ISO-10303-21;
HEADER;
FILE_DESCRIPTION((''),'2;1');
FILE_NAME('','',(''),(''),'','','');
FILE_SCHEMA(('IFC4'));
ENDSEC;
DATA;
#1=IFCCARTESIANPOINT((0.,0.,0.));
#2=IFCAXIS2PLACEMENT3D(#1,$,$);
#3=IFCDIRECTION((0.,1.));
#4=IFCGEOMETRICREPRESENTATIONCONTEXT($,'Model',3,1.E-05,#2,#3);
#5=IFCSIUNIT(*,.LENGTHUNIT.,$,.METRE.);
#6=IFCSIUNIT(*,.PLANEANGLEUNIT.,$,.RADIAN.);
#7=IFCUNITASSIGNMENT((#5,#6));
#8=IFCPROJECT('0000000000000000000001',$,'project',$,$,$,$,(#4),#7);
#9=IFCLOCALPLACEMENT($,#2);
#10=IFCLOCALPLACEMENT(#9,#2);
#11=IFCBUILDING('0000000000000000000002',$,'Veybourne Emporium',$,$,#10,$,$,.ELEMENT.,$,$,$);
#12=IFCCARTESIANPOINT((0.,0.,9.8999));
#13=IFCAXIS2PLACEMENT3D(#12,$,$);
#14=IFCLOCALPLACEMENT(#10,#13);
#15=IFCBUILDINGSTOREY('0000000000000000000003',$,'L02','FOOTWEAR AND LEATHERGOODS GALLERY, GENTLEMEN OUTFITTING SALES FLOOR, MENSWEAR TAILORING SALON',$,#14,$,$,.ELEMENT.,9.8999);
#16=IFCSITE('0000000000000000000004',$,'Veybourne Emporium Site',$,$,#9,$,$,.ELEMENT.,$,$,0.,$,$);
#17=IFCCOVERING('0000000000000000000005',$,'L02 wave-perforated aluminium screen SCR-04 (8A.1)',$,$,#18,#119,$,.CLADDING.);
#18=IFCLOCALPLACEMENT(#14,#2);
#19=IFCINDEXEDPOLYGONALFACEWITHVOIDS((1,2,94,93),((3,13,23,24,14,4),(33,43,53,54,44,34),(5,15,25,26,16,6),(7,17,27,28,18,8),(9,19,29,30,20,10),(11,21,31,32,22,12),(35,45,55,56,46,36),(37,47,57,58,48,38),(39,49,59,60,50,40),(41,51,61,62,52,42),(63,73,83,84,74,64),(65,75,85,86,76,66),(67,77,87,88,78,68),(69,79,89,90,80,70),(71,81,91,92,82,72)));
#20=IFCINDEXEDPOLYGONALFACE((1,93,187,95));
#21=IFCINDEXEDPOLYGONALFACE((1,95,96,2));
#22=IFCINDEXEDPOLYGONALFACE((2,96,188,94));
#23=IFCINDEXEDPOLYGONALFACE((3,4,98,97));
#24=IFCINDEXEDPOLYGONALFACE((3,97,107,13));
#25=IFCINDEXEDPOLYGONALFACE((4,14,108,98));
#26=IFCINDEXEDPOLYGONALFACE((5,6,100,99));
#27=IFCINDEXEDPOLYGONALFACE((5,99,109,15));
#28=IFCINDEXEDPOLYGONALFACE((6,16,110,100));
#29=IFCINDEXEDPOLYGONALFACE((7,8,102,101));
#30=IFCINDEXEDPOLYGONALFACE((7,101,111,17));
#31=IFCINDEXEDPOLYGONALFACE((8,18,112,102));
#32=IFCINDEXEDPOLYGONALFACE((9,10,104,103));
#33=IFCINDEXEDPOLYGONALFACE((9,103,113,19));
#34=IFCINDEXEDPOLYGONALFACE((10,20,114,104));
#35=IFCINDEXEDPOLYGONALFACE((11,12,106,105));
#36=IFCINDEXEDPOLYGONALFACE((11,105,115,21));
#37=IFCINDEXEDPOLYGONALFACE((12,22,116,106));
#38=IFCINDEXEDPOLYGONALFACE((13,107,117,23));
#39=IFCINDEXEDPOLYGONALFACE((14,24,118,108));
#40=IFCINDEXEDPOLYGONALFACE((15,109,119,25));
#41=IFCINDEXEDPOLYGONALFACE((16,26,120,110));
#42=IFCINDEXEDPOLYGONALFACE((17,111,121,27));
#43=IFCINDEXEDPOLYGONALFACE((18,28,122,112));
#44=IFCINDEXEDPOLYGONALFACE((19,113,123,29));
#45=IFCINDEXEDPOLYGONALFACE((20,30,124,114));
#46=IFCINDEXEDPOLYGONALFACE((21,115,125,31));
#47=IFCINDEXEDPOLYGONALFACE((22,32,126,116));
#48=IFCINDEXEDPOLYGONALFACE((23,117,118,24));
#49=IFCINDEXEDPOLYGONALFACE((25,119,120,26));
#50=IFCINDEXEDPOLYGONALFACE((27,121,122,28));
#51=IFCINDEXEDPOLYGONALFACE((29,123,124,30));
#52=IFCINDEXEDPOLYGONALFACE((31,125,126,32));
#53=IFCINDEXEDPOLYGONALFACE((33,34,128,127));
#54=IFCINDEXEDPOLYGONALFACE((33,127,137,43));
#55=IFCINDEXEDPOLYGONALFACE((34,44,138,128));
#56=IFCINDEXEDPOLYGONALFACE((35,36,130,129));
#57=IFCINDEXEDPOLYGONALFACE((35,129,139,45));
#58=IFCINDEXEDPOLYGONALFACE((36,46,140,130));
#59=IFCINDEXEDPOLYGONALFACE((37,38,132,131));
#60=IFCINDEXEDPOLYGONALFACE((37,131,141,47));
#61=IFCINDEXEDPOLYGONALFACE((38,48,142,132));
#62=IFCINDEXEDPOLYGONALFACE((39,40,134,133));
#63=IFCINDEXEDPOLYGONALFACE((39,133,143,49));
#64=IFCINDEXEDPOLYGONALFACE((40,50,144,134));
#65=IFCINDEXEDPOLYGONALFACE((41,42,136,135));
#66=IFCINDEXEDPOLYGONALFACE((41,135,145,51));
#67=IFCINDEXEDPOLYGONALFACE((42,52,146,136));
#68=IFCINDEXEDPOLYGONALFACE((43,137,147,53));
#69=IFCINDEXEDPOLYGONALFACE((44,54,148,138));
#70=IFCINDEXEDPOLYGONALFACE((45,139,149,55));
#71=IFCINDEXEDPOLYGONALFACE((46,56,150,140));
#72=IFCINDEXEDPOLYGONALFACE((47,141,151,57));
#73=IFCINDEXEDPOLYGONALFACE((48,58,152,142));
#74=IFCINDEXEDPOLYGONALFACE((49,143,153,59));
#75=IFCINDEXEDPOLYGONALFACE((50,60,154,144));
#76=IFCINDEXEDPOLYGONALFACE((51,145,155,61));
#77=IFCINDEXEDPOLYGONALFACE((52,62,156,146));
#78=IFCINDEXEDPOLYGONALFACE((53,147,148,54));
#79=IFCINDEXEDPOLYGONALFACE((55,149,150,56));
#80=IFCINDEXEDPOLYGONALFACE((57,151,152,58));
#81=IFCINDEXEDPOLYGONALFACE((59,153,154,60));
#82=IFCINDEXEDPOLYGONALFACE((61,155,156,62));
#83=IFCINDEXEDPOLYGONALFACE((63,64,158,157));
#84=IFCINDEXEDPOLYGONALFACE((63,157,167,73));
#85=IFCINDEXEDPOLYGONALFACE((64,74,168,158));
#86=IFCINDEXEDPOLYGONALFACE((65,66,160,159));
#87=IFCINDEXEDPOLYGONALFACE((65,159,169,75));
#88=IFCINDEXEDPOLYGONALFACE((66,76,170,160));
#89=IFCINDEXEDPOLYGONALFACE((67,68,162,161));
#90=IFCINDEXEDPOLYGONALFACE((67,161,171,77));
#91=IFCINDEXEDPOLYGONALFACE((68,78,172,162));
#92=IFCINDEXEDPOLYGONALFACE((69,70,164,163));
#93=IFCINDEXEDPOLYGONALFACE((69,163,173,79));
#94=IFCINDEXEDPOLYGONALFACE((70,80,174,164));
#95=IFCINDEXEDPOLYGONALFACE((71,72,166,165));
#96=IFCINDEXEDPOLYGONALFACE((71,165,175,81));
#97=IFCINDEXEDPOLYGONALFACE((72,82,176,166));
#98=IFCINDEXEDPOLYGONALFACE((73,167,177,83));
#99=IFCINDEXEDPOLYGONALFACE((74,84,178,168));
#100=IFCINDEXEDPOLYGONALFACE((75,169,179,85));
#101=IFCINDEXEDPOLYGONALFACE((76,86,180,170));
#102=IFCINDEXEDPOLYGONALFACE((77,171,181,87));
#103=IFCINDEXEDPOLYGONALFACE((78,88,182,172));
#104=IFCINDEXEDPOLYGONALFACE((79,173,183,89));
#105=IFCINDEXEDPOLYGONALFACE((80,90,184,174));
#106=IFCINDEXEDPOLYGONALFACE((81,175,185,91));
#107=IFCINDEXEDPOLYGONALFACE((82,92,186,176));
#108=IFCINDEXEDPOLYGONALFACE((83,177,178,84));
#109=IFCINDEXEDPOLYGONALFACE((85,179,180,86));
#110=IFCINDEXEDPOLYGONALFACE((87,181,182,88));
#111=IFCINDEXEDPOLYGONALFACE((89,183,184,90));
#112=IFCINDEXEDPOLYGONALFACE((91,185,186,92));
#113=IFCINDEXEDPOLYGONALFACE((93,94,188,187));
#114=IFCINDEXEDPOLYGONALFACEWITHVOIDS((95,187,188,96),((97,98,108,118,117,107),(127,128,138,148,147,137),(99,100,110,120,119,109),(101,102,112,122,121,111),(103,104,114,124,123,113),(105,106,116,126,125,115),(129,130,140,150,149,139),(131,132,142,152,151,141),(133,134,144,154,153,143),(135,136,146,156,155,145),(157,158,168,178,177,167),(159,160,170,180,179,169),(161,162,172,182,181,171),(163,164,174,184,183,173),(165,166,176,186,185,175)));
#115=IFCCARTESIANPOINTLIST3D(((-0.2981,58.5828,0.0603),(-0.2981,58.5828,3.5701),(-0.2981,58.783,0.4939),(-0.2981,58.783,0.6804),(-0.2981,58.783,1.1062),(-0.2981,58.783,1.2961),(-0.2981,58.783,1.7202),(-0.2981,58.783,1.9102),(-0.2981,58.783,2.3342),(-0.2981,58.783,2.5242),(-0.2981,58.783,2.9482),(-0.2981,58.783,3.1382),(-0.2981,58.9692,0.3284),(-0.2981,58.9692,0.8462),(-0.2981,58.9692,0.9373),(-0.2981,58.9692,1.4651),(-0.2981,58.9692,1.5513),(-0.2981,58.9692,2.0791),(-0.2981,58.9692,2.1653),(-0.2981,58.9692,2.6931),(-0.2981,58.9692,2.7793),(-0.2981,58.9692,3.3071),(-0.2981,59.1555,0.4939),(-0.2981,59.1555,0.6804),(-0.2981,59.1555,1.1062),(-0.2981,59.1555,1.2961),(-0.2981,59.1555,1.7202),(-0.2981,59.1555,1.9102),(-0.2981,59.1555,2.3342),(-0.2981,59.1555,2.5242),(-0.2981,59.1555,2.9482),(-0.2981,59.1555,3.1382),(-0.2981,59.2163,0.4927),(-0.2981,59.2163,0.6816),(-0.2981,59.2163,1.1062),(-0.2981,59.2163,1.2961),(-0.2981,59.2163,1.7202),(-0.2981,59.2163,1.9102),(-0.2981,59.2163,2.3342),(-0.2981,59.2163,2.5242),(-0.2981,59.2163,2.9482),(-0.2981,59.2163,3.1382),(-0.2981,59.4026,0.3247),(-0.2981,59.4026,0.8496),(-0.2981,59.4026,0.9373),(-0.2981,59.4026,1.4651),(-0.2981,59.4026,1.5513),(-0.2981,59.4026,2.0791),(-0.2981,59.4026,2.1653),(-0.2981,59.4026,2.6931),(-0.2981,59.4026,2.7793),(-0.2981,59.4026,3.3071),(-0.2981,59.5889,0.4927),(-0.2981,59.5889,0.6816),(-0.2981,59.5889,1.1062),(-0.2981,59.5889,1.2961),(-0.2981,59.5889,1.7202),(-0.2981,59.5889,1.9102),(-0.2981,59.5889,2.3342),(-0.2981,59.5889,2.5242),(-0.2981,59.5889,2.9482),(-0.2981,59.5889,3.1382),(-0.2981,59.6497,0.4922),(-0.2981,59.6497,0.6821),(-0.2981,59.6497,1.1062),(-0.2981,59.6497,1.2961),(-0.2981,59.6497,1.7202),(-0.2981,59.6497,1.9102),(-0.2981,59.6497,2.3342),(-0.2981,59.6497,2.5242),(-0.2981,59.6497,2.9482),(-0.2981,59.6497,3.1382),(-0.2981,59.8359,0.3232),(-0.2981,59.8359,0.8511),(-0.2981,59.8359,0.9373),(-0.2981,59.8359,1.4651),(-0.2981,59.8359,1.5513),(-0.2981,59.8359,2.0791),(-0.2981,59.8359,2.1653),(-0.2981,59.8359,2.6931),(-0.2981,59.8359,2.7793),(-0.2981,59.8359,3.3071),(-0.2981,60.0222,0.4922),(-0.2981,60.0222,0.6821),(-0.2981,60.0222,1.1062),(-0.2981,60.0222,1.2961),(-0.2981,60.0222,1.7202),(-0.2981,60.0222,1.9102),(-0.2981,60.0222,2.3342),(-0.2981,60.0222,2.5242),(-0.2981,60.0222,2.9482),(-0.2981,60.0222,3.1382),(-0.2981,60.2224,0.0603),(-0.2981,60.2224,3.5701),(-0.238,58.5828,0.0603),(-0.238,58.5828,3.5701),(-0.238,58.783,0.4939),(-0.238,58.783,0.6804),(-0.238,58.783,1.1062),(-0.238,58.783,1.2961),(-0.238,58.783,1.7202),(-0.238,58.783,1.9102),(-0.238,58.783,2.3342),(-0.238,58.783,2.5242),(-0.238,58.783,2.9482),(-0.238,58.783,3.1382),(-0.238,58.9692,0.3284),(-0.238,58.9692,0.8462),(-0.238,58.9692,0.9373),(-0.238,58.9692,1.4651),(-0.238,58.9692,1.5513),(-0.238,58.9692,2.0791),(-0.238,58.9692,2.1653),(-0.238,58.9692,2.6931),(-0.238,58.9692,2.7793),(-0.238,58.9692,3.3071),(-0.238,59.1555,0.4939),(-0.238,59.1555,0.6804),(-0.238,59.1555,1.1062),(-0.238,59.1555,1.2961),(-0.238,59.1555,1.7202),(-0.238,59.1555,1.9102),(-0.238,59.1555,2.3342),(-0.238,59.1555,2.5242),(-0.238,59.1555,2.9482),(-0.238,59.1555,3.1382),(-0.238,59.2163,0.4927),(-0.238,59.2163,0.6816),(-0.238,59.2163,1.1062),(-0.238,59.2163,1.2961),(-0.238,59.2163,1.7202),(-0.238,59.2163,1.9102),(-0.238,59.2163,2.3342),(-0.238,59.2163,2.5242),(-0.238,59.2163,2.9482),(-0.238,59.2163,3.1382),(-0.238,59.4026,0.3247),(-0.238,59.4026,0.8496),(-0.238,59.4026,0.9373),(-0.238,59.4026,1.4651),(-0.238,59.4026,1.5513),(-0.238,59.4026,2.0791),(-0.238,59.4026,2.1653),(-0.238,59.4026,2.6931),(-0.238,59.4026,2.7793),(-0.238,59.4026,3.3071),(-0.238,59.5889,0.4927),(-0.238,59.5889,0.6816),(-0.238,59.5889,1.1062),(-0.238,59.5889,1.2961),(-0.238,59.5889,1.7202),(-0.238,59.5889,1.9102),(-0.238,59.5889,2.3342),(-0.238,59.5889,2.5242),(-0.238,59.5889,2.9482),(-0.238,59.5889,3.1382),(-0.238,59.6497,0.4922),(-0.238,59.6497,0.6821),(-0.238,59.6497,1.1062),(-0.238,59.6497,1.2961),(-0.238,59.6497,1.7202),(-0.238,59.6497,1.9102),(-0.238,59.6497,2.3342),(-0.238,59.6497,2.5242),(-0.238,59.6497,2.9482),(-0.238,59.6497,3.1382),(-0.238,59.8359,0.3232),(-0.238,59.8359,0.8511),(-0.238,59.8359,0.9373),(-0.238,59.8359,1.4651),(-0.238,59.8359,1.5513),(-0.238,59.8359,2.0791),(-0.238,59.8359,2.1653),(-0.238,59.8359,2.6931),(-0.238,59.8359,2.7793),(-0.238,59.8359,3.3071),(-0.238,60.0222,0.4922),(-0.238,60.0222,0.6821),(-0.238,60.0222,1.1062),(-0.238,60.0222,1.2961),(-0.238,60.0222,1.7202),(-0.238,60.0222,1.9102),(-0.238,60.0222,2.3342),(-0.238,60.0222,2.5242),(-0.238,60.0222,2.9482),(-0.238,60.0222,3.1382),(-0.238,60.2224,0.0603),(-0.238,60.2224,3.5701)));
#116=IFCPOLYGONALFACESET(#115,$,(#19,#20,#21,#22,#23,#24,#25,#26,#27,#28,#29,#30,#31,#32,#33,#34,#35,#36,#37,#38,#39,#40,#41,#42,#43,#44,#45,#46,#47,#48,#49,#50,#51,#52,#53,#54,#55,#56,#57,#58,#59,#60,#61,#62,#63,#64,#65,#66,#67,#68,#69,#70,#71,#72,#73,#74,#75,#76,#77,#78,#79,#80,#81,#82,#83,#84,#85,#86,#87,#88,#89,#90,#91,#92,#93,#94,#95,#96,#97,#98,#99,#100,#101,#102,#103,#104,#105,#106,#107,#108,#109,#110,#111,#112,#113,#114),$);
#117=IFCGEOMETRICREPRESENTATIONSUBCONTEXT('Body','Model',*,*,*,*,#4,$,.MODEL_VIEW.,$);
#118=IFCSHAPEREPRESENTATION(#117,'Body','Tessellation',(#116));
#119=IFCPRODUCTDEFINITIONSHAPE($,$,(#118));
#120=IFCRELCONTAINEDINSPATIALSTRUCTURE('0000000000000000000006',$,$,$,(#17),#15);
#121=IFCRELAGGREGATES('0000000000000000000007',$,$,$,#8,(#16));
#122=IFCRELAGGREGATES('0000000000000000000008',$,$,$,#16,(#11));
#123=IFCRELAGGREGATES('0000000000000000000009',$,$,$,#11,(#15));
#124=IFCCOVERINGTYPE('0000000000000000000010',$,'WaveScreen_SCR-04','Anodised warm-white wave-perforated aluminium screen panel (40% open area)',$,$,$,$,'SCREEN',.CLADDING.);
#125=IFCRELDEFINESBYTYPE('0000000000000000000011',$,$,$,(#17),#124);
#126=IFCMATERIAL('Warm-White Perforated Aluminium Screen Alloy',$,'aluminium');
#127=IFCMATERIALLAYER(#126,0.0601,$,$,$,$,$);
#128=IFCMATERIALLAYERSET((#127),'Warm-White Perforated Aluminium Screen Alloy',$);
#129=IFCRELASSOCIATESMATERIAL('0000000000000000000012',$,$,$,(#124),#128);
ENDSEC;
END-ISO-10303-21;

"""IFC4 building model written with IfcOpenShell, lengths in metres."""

from ifc_helpers import new_model, si_unit, direction, frame, origin, place, context, subcontext, project, spatial, polyline, outline, extrude, material, layer, layer_set, type_object, element, save


model = new_model("IFC4")

# Units and contexts
model_context = context("Model", 3, precision=1e-05, world=origin(), true_north=direction((0.0, 1.0)))
body_context = subcontext(model_context, "Body", "Model", "MODEL_VIEW")
ifc_project = project(units=[si_unit("LENGTHUNIT", "METRE"), si_unit("PLANEANGLEUNIT", "RADIAN")], contexts=[model_context])

# Site, building, storey
site_placement = place(None, origin())
site = spatial("IfcSite", under=ifc_project, at=site_placement, Name="Veybourne Emporium Site", CompositionType="ELEMENT", RefElevation=0.0)
building_placement = place(site_placement, origin())
building = spatial("IfcBuilding", under=site, at=building_placement, Name="Veybourne Emporium", CompositionType="ELEMENT")
storey_placement = place(building_placement, frame((0.0, 0.0, 9.8999)))
storey = spatial("IfcBuildingStorey", under=building, at=storey_placement, Name="L02", Description="FOOTWEAR AND LEATHERGOODS GALLERY, GENTLEMEN OUTFITTING SALES FLOOR, MENSWEAR TAILORING SALON", CompositionType="ELEMENT", Elevation=9.8999)

# Covering
ifc_material_1 = material(Name="Warm-White Perforated Aluminium Screen Alloy", Category="aluminium")
ifc_layer_1 = layer(ifc_material_1, 0.0601)
ifc_layer_set_1 = layer_set([ifc_layer_1], Name="Warm-White Perforated Aluminium Screen Alloy")
covering_type_1 = type_object("IfcCoveringType", Name="WaveScreen_SCR-04", Description="Anodised warm-white wave-perforated aluminium screen panel (40% open area)", ElementType="SCREEN", PredefinedType="CLADDING", material=ifc_layer_set_1)
covering_1_placement = place(storey_placement, frame((-0.2981, 59.4026, 1.8152), z_axis=(1.0, 0.0, 0.0), x_axis=(0.0, 1.0, 0.0)))
element("IfcCovering", 1, at=covering_1_placement, inside=storey, type_object=covering_type_1, Name="L02 wave-perforated aluminium screen SCR-04 (8A.1)", PredefinedType="CLADDING", context=body_context, shape_type="SweptSolid", body=[
    extrude(outline(polyline([(-0.8198, -1.7549), (0.8198, -1.7549), (0.8198, 1.7549), (-0.8198, 1.7549), (-0.8198, -1.7549)]), holes=[polyline([(-0.4333, -0.969), (-0.2471, -1.1348), (-0.2471, -1.3213), (-0.4333, -1.4868), (-0.6196, -1.3213), (-0.6196, -1.1348), (-0.4333, -0.969)]), polyline([(-0.4333, -0.3501), (-0.2471, -0.519), (-0.2471, -0.709), (-0.4333, -0.8779), (-0.6196, -0.709), (-0.6196, -0.519), (-0.4333, -0.3501)]), polyline([(-0.4333, 0.2639), (-0.2471, 0.095), (-0.2471, -0.095), (-0.4333, -0.2639), (-0.6196, -0.095), (-0.6196, 0.095), (-0.4333, 0.2639)]), polyline([(-0.4333, 0.8779), (-0.2471, 0.709), (-0.2471, 0.519), (-0.4333, 0.3501), (-0.6196, 0.519), (-0.6196, 0.709), (-0.4333, 0.8779)]), polyline([(-0.4333, 1.4919), (-0.2471, 1.323), (-0.2471, 1.1331), (-0.4333, 0.9641), (-0.6196, 1.1331), (-0.6196, 1.323), (-0.4333, 1.4919)]), polyline([(0.0, -0.9656), (0.1863, -1.1335), (0.1863, -1.3225), (0.0, -1.4905), (-0.1863, -1.3225), (-0.1863, -1.1335), (0.0, -0.9656)]), polyline([(0.0, -0.3501), (0.1863, -0.519), (0.1863, -0.709), (0.0, -0.8779), (-0.1863, -0.709), (-0.1863, -0.519), (0.0, -0.3501)]), polyline([(0.0, 0.2639), (0.1863, 0.095), (0.1863, -0.095), (0.0, -0.2639), (-0.1863, -0.095), (-0.1863, 0.095), (0.0, 0.2639)]), polyline([(0.0, 0.8779), (0.1863, 0.709), (0.1863, 0.519), (0.0, 0.3501), (-0.1863, 0.519), (-0.1863, 0.709), (0.0, 0.8779)]), polyline([(0.0, 1.4919), (0.1863, 1.323), (0.1863, 1.1331), (0.0, 0.9641), (-0.1863, 1.1331), (-0.1863, 1.323), (0.0, 1.4919)]), polyline([(0.4333, -0.9641), (0.6196, -1.1331), (0.6196, -1.323), (0.4333, -1.4919), (0.2471, -1.323), (0.2471, -1.1331), (0.4333, -0.9641)]), polyline([(0.4333, -0.3501), (0.6196, -0.519), (0.6196, -0.709), (0.4333, -0.8779), (0.2471, -0.709), (0.2471, -0.519), (0.4333, -0.3501)]), polyline([(0.4333, 0.2639), (0.6196, 0.095), (0.6196, -0.095), (0.4333, -0.2639), (0.2471, -0.095), (0.2471, 0.095), (0.4333, 0.2639)]), polyline([(0.4333, 0.8779), (0.6196, 0.709), (0.6196, 0.519), (0.4333, 0.3501), (0.2471, 0.519), (0.2471, 0.709), (0.4333, 0.8779)]), polyline([(0.4333, 1.4919), (0.6196, 1.323), (0.6196, 1.1331), (0.4333, 0.9641), (0.2471, 1.1331), (0.2471, 1.323), (0.4333, 1.4919)])]), origin(), (0.0, 0.0, 1.0), 0.0601),
])

save(model, "model.ifc")
